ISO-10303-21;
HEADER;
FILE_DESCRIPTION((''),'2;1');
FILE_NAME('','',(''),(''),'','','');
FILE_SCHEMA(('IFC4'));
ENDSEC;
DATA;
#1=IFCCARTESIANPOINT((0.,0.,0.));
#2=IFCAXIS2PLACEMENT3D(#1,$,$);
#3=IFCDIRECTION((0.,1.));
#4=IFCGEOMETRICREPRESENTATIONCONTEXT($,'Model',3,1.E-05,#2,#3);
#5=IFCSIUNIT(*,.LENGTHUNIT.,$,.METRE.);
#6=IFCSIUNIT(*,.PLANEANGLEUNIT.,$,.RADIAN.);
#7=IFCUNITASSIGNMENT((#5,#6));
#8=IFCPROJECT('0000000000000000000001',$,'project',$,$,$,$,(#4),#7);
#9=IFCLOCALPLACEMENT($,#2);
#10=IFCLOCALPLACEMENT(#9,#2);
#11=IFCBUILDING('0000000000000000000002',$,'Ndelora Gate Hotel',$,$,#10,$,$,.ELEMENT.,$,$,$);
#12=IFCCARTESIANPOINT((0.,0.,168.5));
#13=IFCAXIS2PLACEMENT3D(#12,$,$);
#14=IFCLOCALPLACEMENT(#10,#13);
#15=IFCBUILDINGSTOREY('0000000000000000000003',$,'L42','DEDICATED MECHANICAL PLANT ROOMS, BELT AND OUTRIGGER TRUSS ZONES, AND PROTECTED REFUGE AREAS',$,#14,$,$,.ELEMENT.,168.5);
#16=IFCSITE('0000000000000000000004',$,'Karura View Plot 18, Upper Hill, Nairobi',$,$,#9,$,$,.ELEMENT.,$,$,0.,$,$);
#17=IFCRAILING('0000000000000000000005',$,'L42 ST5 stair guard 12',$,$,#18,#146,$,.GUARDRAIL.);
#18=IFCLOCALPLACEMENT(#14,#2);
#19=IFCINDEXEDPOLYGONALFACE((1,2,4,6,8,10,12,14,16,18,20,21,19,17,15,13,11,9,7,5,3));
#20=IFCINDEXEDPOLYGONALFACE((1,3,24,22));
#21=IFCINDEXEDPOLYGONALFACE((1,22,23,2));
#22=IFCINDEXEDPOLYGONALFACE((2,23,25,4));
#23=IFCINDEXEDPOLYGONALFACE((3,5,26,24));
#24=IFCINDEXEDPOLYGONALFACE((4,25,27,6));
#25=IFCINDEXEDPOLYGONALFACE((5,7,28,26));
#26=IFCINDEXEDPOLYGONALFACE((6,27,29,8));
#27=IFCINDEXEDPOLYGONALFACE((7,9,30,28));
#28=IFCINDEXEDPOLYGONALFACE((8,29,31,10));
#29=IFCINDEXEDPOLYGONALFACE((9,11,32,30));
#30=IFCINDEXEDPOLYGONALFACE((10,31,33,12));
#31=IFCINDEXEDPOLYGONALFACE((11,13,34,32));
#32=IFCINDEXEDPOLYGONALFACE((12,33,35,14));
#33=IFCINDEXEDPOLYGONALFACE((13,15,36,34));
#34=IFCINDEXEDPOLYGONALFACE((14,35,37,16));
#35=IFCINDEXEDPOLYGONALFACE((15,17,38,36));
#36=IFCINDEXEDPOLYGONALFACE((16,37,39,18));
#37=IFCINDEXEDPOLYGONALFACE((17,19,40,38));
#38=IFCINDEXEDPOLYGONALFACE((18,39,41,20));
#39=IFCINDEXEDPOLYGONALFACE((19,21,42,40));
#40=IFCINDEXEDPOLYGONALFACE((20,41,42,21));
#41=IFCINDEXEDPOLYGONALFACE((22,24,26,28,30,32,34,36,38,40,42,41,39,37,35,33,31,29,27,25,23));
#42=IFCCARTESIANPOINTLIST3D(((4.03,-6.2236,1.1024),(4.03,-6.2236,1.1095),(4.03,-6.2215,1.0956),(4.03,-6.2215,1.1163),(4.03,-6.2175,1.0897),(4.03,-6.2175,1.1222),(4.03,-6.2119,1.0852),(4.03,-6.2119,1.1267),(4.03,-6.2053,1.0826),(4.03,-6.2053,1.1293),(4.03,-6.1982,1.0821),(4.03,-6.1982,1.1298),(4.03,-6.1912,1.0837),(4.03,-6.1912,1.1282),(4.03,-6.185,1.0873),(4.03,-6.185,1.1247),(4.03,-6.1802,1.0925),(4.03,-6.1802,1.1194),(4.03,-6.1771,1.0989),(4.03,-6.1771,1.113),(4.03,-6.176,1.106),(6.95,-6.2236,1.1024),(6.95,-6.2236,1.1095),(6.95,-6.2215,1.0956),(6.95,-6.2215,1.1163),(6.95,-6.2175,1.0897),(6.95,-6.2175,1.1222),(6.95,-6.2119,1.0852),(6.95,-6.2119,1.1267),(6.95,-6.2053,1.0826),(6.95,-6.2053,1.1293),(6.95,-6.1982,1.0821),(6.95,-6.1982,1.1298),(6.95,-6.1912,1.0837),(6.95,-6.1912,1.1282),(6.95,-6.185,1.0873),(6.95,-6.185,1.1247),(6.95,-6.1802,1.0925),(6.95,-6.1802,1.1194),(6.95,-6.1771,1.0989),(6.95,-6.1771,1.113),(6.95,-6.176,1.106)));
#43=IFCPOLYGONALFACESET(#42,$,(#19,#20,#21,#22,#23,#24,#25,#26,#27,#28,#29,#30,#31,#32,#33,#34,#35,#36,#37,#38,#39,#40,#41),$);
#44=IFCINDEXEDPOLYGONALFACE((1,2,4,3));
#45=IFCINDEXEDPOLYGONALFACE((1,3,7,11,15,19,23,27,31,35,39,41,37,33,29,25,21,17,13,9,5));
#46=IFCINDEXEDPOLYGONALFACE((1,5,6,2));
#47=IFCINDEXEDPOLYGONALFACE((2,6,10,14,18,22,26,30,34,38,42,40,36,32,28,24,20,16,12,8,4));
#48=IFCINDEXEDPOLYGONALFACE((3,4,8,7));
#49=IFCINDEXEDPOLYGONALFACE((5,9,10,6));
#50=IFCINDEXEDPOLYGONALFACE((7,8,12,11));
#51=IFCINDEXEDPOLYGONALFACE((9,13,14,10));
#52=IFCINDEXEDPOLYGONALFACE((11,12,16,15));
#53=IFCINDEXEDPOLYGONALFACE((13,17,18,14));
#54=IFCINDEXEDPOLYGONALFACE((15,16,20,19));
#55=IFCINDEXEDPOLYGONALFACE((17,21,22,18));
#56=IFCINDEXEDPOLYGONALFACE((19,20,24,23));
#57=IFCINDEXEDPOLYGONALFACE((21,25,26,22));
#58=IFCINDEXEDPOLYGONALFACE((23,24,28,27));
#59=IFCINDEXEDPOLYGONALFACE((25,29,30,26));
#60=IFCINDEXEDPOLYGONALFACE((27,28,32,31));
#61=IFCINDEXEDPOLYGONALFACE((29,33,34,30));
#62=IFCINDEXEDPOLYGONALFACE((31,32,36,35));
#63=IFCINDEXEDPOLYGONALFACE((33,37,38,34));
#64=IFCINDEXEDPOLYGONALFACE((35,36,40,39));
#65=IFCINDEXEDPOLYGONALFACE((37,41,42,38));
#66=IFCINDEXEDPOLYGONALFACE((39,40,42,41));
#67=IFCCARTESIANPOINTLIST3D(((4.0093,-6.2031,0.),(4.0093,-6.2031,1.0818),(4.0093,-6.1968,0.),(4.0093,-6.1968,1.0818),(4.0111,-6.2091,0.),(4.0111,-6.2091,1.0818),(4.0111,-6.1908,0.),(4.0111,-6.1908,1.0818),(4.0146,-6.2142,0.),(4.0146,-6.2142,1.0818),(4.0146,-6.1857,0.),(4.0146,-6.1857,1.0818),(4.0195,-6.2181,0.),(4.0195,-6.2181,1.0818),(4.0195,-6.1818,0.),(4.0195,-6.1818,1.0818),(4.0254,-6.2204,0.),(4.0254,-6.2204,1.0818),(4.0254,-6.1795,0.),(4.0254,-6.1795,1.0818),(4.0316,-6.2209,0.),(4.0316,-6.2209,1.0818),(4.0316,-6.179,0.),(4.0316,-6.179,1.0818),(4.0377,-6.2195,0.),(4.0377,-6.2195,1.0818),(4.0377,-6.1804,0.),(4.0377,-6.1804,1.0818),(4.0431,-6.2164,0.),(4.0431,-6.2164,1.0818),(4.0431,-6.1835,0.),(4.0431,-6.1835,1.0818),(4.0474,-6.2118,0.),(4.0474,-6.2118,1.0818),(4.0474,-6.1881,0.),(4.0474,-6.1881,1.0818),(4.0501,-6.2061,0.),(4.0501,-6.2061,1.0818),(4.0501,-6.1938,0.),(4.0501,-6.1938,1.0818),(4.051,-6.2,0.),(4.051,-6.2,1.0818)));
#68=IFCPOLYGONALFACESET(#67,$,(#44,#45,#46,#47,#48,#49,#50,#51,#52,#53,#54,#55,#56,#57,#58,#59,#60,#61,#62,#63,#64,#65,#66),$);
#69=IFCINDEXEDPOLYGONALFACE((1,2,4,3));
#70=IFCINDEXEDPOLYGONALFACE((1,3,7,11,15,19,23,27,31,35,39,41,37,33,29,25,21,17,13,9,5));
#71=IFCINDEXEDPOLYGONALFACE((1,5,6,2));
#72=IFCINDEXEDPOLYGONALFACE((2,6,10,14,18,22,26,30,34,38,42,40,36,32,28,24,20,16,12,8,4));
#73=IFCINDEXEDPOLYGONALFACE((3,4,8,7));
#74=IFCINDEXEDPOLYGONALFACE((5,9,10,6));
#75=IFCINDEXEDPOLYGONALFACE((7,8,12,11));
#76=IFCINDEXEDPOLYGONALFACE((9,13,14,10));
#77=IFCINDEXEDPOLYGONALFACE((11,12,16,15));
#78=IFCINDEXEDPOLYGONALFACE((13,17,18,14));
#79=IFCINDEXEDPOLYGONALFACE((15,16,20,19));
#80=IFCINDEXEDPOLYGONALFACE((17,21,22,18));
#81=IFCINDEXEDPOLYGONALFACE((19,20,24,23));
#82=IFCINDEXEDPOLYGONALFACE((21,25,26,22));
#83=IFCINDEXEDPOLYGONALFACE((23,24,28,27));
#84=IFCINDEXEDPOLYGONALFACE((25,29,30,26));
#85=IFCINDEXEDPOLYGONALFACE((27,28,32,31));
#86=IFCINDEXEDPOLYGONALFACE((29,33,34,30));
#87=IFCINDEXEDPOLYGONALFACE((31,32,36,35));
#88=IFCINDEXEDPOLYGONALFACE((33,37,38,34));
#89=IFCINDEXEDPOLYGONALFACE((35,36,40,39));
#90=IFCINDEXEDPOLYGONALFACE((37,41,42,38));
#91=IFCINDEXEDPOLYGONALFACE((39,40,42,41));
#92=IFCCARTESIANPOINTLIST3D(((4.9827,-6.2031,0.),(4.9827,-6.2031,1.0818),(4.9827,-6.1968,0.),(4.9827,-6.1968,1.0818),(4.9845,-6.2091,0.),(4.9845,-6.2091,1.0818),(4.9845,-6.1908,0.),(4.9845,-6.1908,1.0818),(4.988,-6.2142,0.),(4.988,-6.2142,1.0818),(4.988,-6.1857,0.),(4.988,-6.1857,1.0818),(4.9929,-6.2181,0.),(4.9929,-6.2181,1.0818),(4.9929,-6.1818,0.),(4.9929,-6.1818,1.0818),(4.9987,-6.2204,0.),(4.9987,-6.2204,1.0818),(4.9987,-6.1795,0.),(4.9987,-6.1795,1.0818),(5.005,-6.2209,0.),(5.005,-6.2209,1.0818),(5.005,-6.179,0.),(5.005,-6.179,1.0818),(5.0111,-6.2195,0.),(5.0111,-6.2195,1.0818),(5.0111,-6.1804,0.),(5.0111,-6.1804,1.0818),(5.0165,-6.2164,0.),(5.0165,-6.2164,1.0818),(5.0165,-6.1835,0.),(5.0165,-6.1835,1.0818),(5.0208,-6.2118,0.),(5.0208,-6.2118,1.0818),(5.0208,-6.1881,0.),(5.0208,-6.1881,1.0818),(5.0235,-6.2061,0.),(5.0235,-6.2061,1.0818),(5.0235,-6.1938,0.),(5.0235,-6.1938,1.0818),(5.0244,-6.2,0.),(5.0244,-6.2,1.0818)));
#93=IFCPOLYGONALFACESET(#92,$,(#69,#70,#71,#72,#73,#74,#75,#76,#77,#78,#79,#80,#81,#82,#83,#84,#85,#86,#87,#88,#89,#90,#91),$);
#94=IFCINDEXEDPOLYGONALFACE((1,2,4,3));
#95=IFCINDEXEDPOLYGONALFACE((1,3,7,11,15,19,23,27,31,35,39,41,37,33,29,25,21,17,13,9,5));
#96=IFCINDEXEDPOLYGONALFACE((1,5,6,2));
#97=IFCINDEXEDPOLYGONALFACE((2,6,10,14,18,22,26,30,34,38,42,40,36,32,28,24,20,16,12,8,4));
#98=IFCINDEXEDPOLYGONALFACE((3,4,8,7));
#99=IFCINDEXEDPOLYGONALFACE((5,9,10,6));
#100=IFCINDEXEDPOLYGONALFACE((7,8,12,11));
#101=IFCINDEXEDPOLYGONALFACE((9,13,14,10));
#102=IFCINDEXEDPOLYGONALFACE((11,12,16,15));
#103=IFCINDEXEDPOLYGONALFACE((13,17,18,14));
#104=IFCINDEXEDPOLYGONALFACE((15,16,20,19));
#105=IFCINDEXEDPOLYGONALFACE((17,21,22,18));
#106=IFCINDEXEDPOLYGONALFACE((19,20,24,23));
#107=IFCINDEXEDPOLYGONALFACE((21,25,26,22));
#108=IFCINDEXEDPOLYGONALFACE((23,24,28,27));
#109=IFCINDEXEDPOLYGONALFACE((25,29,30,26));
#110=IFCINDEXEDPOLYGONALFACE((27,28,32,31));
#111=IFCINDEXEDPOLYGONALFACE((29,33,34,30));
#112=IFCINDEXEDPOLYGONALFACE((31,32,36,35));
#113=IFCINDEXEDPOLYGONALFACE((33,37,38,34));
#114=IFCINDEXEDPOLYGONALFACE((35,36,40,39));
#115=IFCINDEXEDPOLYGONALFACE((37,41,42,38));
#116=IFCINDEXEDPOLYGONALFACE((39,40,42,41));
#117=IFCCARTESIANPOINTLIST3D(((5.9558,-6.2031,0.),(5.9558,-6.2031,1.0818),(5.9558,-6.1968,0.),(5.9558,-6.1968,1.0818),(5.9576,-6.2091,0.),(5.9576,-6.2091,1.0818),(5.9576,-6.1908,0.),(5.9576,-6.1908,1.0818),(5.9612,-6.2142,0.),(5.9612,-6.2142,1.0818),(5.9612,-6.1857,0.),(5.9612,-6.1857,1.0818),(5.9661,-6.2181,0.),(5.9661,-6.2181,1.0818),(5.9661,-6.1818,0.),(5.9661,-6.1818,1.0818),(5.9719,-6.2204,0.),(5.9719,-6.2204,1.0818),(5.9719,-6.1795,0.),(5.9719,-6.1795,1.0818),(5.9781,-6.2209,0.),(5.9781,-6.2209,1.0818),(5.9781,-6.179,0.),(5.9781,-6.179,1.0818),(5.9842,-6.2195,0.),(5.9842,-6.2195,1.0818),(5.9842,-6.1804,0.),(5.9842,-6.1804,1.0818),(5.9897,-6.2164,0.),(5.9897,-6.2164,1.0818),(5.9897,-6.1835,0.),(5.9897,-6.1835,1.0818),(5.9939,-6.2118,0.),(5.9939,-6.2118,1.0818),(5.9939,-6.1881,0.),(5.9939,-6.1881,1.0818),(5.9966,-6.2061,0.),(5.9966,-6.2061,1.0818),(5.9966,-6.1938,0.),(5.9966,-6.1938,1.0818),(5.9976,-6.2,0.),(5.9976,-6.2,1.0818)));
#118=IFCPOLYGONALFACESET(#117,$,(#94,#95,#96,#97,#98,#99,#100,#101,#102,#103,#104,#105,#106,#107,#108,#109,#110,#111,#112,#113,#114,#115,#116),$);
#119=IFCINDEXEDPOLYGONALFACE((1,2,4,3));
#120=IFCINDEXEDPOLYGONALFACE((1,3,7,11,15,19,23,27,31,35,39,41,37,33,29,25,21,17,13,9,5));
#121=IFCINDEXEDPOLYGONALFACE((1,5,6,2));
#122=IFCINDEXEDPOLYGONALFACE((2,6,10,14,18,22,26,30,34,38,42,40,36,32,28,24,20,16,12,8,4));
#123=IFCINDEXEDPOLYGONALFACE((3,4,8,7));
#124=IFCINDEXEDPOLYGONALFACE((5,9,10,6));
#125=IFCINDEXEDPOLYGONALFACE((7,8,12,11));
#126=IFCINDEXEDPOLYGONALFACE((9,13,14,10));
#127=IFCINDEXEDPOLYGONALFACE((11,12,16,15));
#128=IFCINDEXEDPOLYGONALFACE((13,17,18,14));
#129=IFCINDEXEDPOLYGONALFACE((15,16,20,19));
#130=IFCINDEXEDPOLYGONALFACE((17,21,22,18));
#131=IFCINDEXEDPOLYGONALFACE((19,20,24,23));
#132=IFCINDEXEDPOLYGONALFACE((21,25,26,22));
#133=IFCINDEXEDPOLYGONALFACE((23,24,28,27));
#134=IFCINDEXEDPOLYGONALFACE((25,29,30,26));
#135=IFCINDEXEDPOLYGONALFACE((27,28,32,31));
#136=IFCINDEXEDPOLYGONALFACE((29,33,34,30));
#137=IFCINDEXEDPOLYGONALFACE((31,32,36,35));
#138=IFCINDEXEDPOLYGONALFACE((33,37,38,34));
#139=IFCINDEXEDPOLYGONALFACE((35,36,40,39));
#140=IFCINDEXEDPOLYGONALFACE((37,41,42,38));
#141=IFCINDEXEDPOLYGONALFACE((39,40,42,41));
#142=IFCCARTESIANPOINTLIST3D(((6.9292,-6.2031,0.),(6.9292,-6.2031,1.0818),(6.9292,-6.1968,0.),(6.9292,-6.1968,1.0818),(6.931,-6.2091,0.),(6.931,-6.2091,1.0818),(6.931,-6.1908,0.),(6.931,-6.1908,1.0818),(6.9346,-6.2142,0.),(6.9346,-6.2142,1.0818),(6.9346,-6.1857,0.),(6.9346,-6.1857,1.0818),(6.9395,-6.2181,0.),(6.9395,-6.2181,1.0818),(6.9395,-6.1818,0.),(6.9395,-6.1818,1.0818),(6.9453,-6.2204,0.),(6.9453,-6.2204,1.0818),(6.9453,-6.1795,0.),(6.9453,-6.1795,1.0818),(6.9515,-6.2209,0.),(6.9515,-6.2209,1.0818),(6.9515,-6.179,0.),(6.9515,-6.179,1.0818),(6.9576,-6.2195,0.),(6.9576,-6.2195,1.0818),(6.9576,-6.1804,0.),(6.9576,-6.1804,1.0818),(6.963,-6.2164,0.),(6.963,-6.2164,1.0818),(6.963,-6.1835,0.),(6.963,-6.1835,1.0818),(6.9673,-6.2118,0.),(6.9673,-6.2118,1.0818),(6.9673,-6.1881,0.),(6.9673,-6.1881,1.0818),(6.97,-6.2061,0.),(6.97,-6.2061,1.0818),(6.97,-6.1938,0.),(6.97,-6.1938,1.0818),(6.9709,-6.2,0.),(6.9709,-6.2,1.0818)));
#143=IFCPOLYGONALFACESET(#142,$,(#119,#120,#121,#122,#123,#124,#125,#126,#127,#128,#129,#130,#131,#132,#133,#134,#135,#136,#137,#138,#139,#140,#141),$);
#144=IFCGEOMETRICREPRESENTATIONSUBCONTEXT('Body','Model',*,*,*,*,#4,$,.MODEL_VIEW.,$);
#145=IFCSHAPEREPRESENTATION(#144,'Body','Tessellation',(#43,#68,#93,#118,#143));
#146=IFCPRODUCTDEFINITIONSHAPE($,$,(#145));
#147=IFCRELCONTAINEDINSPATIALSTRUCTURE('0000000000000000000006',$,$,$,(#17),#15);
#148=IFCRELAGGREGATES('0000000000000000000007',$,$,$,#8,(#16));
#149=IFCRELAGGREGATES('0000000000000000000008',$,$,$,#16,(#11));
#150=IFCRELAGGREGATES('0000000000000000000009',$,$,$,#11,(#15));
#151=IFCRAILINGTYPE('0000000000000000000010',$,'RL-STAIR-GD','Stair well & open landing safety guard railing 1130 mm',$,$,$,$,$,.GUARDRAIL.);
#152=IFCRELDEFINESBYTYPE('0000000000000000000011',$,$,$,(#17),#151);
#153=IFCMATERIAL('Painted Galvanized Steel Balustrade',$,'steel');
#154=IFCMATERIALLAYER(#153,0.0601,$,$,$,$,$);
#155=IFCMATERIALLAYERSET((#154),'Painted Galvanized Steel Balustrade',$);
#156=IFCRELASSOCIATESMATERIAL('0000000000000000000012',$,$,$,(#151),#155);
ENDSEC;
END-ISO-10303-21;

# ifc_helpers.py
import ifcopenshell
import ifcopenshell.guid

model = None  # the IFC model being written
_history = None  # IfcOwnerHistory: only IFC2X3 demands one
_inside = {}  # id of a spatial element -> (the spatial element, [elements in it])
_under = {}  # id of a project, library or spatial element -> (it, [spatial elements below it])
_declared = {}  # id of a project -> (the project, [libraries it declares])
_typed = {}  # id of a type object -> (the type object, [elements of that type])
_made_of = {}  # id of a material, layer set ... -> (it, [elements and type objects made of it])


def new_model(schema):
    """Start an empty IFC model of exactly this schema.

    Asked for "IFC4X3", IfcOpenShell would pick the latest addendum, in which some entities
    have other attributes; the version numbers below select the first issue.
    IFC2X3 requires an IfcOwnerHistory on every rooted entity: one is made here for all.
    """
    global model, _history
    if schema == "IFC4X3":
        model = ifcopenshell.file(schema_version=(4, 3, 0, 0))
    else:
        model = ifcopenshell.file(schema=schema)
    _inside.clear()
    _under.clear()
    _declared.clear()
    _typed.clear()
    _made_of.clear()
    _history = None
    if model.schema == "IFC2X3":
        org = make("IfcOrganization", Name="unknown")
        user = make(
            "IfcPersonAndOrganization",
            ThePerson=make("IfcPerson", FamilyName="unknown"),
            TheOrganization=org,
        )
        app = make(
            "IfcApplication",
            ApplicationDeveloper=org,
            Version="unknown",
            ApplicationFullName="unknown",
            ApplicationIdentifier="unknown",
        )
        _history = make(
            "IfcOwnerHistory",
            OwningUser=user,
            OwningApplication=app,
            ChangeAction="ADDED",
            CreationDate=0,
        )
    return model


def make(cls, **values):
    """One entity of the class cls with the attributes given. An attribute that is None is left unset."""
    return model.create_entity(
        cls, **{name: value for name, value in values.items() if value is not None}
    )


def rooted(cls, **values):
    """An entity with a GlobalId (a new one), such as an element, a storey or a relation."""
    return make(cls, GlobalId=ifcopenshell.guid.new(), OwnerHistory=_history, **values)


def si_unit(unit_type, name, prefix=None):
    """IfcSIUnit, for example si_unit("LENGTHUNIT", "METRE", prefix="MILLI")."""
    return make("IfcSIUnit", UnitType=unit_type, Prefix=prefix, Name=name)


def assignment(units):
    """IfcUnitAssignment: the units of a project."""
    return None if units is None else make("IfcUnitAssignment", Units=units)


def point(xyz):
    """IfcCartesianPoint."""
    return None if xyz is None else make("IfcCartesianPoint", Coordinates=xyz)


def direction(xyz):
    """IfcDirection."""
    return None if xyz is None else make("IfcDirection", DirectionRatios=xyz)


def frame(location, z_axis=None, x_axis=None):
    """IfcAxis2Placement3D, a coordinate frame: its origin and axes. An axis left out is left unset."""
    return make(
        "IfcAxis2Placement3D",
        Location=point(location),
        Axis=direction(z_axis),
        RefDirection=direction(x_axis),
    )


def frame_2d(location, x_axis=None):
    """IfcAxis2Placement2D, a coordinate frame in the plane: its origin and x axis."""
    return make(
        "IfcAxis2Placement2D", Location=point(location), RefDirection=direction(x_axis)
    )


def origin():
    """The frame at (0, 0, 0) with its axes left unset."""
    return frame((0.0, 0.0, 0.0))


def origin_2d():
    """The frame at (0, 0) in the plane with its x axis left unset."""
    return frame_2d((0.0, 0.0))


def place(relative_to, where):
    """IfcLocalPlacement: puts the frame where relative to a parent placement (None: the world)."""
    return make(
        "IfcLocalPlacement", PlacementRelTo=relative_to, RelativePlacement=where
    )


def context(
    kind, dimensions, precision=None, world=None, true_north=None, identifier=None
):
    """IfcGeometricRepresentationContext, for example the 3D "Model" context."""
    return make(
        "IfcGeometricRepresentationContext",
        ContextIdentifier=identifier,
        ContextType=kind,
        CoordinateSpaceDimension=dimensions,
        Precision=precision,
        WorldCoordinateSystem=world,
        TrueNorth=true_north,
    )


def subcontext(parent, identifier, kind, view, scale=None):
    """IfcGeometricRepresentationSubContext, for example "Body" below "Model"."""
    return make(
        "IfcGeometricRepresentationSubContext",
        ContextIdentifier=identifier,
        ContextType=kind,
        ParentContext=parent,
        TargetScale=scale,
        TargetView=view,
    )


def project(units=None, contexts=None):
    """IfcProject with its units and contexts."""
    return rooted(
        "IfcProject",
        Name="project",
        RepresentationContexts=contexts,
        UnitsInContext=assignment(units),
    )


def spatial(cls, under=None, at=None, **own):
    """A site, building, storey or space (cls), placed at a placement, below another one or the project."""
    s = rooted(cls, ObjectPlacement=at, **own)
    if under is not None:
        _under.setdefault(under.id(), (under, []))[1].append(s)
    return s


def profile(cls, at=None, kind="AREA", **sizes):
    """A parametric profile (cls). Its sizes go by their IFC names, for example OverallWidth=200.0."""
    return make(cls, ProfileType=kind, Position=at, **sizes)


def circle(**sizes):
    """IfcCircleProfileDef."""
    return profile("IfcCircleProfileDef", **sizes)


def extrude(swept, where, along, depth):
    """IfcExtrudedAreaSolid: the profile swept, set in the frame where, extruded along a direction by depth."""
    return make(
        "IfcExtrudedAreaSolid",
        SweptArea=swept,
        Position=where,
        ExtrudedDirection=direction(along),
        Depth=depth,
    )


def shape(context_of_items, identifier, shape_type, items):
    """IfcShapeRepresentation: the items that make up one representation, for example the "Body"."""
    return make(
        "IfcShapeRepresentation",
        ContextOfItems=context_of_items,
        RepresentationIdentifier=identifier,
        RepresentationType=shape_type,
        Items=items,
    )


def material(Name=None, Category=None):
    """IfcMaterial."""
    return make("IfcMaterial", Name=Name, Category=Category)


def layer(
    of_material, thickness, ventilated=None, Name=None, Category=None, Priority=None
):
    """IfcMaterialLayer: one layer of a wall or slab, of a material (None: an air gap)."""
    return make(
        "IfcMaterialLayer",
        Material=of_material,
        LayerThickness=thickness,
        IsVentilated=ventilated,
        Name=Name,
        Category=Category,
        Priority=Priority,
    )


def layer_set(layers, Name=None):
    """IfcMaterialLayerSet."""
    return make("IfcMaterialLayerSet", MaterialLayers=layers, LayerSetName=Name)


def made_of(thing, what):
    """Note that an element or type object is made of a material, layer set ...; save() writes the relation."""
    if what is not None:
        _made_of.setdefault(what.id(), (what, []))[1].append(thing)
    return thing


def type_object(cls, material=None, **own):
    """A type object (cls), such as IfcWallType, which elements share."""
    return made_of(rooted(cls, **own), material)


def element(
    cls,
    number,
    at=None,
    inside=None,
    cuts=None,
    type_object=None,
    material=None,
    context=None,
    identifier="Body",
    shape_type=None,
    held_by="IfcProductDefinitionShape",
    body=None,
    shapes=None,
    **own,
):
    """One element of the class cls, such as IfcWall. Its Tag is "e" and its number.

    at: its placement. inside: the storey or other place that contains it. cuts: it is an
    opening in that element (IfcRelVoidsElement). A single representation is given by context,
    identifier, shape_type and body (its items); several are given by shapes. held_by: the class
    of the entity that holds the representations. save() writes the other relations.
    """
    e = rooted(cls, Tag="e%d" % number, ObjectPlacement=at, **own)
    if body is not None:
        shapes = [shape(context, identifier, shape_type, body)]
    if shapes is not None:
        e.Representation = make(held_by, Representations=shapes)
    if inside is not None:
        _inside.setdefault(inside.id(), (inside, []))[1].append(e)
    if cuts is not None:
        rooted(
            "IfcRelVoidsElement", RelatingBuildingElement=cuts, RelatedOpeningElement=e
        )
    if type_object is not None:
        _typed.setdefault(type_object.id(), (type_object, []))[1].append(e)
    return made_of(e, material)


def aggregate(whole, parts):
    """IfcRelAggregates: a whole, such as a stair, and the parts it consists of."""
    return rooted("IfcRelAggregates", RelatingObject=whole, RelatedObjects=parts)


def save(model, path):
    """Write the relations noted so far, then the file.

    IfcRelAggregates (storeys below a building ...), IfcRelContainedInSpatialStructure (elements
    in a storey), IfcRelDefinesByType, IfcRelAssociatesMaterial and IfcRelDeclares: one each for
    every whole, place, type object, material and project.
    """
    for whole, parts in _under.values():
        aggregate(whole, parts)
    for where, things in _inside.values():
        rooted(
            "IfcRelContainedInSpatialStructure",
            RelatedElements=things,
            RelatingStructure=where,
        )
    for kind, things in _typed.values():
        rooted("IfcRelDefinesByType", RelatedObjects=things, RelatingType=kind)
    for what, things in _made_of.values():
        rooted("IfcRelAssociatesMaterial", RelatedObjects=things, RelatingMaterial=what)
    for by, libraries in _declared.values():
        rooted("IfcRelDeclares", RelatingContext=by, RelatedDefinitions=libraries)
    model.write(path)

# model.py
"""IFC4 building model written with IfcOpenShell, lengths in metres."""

from ifc_helpers import new_model, si_unit, direction, frame, origin, origin_2d, place, context, subcontext, project, spatial, circle, extrude, material, layer, layer_set, type_object, element, save


model = new_model("IFC4")

# Units and contexts
model_context = context("Model", 3, precision=1e-05, world=origin(), true_north=direction((0.0, 1.0)))
body_context = subcontext(model_context, "Body", "Model", "MODEL_VIEW")
ifc_project = project(units=[si_unit("LENGTHUNIT", "METRE"), si_unit("PLANEANGLEUNIT", "RADIAN")], contexts=[model_context])

# Site, building, storey
site_placement = place(None, origin())
site = spatial("IfcSite", under=ifc_project, at=site_placement, Name="Karura View Plot 18, Upper Hill, Nairobi", CompositionType="ELEMENT", RefElevation=0.0)
building_placement = place(site_placement, origin())
building = spatial("IfcBuilding", under=site, at=building_placement, Name="Ndelora Gate Hotel", CompositionType="ELEMENT")
storey_placement = place(building_placement, frame((0.0, 0.0, 168.5)))
storey = spatial("IfcBuildingStorey", under=building, at=storey_placement, Name="L42", Description="DEDICATED MECHANICAL PLANT ROOMS, BELT AND OUTRIGGER TRUSS ZONES, AND PROTECTED REFUGE AREAS", CompositionType="ELEMENT", Elevation=168.5)

# Railing
ifc_material_1 = material(Name="Painted Galvanized Steel Balustrade", Category="steel")
ifc_layer_1 = layer(ifc_material_1, 0.0601)
ifc_layer_set_1 = layer_set([ifc_layer_1], Name="Painted Galvanized Steel Balustrade")
railing_type_1 = type_object("IfcRailingType", Name="RL-STAIR-GD", Description="Stair well & open landing safety guard railing 1130 mm", PredefinedType="GUARDRAIL", material=ifc_layer_set_1)
railing_1_placement = place(storey_placement, frame((4.03, -6.2, 0.0)))
element("IfcRailing", 1, at=railing_1_placement, inside=storey, type_object=railing_type_1, Name="L42 ST5 stair guard 12", PredefinedType="GUARDRAIL", context=body_context, shape_type="SweptSolid", body=[
    extrude(circle(Radius=0.0239, at=origin_2d()), frame((0.0, 0.0, 1.106), z_axis=(1.0, 0.0, 0.0), x_axis=(0.0, 1.0, 0.0)), (0.0, 0.0, 1.0), 2.9199),
    extrude(circle(Radius=0.021, at=origin_2d()), origin(), (0.0, 0.0, 1.0), 1.0818),
    extrude(circle(Radius=0.021, at=origin_2d()), frame((0.9734, 0.0, 0.0)), (0.0, 0.0, 1.0), 1.0818),
    extrude(circle(Radius=0.021, at=origin_2d()), frame((1.9465, 0.0, 0.0)), (0.0, 0.0, 1.0), 1.0818),
    extrude(circle(Radius=0.021, at=origin_2d()), frame((2.9199, 0.0, 0.0)), (0.0, 0.0, 1.0), 1.0818),
])

save(model, "model.ifc")
